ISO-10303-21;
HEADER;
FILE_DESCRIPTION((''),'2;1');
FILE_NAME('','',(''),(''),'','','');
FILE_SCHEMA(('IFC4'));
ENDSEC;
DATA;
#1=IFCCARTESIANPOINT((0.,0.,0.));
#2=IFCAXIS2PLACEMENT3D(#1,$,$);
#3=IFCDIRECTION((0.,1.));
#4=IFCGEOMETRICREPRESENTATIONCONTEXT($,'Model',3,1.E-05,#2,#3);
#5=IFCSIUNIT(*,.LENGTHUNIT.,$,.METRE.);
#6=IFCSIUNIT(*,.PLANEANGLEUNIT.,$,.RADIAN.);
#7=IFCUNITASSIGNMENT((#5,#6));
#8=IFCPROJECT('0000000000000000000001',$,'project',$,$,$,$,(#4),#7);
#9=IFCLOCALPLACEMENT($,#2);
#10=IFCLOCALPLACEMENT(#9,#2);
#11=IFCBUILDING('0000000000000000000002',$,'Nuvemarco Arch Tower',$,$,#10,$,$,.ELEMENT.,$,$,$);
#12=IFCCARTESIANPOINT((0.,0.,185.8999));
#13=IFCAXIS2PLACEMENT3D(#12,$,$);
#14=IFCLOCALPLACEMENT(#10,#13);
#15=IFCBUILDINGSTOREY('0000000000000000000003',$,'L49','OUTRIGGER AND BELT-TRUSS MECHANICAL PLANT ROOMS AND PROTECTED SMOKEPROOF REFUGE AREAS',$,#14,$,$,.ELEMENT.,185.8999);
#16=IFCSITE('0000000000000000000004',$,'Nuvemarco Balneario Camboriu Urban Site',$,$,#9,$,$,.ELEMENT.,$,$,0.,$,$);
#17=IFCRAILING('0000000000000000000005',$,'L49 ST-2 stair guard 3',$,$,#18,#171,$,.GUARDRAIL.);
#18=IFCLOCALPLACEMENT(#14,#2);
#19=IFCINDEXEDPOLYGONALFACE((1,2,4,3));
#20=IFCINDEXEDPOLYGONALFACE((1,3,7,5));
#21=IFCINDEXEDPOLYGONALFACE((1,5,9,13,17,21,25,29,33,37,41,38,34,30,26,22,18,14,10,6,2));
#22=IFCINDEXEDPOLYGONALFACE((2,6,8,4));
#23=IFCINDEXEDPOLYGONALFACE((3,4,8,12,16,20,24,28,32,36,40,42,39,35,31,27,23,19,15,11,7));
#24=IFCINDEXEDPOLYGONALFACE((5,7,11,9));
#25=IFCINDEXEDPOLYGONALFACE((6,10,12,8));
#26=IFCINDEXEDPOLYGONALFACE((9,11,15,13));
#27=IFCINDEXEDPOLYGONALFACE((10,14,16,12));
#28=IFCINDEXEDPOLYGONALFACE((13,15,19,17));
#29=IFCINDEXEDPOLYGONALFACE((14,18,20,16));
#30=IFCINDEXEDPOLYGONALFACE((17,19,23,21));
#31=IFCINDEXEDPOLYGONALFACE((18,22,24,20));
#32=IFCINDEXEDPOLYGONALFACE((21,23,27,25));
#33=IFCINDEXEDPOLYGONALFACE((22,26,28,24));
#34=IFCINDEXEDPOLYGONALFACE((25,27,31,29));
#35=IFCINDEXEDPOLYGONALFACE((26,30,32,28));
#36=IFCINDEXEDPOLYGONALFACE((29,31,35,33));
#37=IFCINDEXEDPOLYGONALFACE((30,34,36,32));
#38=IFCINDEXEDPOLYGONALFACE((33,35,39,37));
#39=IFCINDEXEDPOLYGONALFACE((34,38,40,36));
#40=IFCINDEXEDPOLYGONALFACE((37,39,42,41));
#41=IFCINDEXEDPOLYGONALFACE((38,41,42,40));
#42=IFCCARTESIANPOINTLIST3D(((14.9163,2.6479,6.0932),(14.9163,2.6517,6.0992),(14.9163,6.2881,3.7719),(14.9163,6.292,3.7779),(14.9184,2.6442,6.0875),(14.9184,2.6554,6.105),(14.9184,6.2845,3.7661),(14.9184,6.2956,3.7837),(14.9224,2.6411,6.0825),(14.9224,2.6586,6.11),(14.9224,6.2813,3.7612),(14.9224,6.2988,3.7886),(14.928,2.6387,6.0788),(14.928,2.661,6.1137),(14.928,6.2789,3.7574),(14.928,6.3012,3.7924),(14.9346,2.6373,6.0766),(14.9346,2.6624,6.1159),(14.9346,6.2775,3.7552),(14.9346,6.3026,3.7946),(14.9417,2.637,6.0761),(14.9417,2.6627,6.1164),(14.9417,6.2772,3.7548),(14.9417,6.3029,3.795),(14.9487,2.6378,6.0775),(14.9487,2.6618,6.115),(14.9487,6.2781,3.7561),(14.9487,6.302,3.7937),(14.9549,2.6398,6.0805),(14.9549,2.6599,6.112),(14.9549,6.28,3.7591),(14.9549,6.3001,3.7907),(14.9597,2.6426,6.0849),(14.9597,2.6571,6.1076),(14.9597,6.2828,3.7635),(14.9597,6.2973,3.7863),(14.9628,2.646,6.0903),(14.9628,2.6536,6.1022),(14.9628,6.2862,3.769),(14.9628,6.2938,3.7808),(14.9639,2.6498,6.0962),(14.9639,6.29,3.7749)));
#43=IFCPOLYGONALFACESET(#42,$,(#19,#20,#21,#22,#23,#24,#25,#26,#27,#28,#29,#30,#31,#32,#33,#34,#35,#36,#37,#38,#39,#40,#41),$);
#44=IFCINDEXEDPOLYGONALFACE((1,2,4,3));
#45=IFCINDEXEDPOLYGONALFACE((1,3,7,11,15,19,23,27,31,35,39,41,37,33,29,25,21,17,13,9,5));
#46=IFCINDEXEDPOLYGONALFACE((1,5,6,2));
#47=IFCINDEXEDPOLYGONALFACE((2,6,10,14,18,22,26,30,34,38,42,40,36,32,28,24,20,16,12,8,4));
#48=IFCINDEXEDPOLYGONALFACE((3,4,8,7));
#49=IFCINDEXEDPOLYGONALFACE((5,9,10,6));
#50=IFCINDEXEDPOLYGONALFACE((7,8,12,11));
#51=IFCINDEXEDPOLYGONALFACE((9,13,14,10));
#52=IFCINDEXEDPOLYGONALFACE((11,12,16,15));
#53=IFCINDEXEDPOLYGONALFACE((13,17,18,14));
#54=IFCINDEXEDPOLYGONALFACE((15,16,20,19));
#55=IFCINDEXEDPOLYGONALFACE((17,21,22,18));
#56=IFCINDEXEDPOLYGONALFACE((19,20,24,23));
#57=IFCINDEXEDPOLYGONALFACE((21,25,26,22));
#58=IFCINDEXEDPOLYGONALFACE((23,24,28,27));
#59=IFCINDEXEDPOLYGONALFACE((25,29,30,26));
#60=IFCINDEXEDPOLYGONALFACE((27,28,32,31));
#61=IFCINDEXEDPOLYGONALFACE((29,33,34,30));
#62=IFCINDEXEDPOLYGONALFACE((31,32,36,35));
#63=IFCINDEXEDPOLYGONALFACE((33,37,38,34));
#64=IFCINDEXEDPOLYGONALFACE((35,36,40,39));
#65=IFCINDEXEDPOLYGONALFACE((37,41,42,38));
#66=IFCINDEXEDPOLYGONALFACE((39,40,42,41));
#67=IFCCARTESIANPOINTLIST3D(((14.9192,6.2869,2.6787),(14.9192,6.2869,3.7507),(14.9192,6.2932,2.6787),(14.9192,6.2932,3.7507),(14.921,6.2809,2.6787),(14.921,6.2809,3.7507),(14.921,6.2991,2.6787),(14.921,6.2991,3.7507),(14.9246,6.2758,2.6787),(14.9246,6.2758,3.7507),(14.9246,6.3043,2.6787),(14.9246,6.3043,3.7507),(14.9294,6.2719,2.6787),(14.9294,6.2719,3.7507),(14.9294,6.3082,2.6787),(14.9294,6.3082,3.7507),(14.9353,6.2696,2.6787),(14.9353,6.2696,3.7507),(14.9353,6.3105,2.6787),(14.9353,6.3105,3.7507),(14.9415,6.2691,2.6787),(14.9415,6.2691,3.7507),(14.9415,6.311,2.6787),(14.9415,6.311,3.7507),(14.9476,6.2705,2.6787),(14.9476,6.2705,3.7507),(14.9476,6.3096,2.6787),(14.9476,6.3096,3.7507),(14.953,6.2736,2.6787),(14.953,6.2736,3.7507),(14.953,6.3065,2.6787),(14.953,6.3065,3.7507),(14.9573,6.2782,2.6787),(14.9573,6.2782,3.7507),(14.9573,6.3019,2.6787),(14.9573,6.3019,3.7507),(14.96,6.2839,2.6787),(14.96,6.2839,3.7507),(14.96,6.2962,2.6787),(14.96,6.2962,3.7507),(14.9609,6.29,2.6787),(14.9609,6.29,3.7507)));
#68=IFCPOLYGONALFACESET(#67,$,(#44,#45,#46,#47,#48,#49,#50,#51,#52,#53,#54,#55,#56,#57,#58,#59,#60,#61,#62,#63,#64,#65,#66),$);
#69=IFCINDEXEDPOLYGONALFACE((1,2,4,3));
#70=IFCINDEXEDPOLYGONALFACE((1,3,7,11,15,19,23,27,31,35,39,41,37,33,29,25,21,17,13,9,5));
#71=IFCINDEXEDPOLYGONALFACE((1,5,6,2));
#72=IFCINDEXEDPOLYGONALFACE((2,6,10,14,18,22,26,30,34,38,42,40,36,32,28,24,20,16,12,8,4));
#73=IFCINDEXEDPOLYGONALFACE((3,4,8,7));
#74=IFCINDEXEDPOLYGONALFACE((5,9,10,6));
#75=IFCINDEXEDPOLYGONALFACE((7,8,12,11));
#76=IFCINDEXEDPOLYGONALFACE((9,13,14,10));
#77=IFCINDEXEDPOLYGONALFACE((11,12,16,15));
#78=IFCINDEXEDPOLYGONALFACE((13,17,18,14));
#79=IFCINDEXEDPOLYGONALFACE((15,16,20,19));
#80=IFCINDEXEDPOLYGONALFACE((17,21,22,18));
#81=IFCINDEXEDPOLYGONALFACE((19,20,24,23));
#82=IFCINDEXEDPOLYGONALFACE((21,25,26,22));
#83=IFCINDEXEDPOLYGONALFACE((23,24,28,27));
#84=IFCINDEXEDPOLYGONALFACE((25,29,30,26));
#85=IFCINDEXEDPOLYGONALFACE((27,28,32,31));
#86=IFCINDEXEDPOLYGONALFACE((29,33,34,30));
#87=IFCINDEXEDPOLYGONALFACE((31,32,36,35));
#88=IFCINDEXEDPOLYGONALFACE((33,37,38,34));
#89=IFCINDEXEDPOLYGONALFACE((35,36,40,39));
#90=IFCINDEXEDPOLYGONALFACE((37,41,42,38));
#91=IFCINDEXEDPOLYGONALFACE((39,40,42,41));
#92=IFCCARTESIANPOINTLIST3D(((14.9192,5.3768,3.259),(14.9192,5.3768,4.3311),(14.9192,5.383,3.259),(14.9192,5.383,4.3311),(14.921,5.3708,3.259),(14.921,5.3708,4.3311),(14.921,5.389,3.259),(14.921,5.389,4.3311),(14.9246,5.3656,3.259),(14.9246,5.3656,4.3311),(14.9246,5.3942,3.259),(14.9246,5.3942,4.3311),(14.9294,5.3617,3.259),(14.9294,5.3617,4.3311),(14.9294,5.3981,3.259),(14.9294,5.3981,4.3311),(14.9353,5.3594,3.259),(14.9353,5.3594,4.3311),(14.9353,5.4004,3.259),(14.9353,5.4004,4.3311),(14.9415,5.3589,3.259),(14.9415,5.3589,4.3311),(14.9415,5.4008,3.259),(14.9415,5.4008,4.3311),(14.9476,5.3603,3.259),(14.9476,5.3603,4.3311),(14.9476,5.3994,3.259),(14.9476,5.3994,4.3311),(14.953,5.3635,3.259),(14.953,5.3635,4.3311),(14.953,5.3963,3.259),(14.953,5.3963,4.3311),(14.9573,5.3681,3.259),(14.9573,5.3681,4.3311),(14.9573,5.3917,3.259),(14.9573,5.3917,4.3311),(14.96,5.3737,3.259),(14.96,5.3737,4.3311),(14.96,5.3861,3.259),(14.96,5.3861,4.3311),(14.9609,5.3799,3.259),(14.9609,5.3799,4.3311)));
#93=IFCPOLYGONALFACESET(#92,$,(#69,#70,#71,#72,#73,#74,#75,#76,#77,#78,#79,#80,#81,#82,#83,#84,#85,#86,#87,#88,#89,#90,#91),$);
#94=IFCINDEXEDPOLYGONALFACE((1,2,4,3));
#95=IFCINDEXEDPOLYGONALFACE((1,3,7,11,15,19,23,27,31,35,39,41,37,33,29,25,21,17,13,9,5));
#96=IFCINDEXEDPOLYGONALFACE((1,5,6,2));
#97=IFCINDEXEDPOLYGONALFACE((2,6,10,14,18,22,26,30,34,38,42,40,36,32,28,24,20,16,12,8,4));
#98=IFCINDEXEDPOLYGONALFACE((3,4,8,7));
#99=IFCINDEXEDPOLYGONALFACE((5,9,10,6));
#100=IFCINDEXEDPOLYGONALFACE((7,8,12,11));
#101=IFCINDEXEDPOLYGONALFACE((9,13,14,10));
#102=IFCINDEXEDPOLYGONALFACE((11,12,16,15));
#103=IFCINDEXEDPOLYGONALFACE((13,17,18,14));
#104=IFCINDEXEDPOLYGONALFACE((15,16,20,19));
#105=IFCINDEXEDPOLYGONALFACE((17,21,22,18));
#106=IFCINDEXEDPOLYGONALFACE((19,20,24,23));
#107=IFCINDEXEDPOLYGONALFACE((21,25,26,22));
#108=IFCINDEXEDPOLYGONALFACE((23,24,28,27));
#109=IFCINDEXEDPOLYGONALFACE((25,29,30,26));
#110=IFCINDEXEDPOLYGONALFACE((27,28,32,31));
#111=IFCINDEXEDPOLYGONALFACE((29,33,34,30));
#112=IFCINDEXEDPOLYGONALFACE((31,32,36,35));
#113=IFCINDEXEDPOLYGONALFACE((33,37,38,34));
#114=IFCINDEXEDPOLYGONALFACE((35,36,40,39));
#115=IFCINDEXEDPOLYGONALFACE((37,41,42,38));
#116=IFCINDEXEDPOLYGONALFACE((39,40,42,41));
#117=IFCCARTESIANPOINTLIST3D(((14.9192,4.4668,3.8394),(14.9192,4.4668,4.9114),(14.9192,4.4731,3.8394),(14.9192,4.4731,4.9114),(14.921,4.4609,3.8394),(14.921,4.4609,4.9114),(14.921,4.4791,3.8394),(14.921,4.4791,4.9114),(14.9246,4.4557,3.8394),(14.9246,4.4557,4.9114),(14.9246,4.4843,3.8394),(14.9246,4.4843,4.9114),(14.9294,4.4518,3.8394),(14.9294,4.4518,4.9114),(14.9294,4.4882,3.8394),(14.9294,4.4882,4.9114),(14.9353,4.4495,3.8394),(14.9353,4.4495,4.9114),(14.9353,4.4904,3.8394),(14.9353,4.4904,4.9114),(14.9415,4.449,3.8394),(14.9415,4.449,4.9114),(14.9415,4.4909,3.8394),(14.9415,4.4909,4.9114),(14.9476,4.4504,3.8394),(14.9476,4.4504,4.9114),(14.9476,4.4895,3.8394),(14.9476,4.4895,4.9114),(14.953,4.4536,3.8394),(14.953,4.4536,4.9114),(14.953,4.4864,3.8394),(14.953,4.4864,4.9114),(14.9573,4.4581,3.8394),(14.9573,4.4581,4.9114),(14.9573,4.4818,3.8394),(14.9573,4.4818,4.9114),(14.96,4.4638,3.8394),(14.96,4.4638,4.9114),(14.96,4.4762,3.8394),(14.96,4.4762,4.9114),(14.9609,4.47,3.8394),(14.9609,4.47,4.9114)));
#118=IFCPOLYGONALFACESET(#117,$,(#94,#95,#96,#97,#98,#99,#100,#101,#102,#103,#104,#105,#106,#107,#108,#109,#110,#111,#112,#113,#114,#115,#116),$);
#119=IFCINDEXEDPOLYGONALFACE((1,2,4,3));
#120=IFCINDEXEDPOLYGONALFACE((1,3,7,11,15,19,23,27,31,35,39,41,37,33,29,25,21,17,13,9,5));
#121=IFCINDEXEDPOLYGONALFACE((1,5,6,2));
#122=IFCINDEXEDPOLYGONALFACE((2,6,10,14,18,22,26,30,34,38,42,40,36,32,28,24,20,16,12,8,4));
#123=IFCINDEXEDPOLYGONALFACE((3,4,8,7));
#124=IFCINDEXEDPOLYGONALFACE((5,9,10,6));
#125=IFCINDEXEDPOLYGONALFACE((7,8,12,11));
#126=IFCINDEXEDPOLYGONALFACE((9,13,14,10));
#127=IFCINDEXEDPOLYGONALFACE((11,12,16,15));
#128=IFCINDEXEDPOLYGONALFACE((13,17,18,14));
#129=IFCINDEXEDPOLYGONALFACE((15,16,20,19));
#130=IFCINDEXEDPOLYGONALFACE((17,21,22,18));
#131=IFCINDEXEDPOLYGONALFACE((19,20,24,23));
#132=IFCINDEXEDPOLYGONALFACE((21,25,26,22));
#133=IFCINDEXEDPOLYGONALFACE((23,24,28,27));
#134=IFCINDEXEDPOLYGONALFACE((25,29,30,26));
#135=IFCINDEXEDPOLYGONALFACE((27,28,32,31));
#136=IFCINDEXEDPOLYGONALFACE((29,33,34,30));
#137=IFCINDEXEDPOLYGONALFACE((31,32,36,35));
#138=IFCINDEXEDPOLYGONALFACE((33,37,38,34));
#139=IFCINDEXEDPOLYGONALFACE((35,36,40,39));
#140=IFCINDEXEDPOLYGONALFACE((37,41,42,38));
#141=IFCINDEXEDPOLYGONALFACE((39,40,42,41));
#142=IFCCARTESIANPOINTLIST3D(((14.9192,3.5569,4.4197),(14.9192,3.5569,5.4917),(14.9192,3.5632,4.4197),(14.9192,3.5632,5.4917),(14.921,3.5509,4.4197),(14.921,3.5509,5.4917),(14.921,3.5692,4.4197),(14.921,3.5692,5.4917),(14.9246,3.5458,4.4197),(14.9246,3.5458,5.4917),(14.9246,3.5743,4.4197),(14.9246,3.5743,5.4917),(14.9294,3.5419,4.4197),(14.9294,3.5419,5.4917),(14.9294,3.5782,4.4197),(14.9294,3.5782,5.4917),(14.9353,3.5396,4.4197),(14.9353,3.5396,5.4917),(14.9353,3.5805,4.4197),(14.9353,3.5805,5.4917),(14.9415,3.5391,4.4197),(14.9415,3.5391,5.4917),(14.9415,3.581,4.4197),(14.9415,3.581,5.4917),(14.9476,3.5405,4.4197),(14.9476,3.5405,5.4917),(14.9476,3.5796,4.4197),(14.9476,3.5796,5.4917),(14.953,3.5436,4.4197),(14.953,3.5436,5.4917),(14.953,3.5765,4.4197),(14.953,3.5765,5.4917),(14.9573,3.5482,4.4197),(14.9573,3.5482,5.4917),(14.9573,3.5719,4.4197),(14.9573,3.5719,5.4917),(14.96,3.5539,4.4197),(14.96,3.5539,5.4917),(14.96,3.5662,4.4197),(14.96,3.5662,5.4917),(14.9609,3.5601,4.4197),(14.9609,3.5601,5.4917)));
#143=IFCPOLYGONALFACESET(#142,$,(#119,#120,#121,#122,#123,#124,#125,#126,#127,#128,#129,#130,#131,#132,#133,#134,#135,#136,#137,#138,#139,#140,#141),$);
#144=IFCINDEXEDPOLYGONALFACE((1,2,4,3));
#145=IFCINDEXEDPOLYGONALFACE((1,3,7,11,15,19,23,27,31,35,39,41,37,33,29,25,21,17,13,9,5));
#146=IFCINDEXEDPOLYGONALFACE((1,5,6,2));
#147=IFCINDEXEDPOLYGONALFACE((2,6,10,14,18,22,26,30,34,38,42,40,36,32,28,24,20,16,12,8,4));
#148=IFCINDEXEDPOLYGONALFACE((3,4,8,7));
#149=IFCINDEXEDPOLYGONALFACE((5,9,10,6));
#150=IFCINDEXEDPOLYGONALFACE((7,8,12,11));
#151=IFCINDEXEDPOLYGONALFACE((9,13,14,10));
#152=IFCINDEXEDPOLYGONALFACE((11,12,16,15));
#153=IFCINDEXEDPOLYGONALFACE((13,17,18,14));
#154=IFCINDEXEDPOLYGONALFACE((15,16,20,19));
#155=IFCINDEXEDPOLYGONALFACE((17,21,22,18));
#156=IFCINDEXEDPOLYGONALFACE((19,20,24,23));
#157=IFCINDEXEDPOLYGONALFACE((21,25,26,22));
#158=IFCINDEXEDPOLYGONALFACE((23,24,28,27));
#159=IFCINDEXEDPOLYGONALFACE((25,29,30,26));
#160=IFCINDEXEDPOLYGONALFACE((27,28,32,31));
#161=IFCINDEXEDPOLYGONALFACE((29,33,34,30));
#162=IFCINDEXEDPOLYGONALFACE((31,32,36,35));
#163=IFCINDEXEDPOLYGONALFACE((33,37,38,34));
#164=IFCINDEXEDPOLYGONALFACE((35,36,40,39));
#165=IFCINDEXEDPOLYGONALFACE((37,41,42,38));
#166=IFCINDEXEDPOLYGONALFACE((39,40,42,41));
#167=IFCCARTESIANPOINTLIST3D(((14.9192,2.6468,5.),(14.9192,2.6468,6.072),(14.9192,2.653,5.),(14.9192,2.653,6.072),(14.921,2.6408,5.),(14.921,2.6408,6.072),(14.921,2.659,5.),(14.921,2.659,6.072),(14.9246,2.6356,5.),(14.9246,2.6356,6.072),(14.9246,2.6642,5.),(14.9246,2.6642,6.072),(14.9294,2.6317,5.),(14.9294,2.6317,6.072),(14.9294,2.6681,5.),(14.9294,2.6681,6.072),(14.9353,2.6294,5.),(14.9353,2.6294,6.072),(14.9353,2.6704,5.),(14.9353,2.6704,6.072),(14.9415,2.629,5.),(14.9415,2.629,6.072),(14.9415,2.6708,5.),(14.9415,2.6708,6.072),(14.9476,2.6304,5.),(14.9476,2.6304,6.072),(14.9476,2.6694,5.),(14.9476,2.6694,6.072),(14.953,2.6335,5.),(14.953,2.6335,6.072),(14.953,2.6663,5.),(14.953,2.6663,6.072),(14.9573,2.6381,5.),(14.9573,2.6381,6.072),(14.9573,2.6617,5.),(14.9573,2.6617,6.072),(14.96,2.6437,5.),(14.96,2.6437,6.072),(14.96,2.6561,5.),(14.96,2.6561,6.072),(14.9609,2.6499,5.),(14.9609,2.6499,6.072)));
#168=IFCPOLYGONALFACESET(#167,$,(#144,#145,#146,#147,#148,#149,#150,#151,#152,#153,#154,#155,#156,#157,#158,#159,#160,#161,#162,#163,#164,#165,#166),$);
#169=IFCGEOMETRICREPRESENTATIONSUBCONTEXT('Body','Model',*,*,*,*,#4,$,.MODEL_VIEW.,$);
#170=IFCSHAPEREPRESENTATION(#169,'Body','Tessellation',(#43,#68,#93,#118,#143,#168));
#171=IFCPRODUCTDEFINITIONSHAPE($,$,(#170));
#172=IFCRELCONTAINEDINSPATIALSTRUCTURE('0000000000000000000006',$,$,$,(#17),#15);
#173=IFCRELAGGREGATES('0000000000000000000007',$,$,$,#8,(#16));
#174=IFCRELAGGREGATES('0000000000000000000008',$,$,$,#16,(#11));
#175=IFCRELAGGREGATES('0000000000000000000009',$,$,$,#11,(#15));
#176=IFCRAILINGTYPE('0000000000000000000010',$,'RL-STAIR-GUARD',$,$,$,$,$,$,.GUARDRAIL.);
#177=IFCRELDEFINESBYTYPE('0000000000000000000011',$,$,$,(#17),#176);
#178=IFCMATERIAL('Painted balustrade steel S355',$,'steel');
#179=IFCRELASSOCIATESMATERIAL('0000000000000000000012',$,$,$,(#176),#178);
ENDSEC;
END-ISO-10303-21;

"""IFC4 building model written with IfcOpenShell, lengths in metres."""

from ifc_helpers import new_model, si_unit, direction, frame, origin, origin_2d, place, context, subcontext, project, spatial, circle, extrude, material, type_object, element, save


model = new_model("IFC4")

# Units and contexts
model_context = context("Model", 3, precision=1e-05, world=origin(), true_north=direction((0.0, 1.0)))
body_context = subcontext(model_context, "Body", "Model", "MODEL_VIEW")
ifc_project = project(units=[si_unit("LENGTHUNIT", "METRE"), si_unit("PLANEANGLEUNIT", "RADIAN")], contexts=[model_context])

# Site, building, storey
site_placement = place(None, origin())
site = spatial("IfcSite", under=ifc_project, at=site_placement, Name="Nuvemarco Balneario Camboriu Urban Site", CompositionType="ELEMENT", RefElevation=0.0)
building_placement = place(site_placement, origin())
building = spatial("IfcBuilding", under=site, at=building_placement, Name="Nuvemarco Arch Tower", CompositionType="ELEMENT")
storey_placement = place(building_placement, frame((0.0, 0.0, 185.8999)))
storey = spatial("IfcBuildingStorey", under=building, at=storey_placement, Name="L49", Description="OUTRIGGER AND BELT-TRUSS MECHANICAL PLANT ROOMS AND PROTECTED SMOKEPROOF REFUGE AREAS", CompositionType="ELEMENT", Elevation=185.8999)

# Railing
ifc_material_1 = material(Name="Painted balustrade steel S355", Category="steel")
railing_type_1 = type_object("IfcRailingType", Name="RL-STAIR-GUARD", PredefinedType="GUARDRAIL", material=ifc_material_1)
railing_1_placement = place(storey_placement, frame((14.9399, 6.29, 2.6787)))
element("IfcRailing", 1, at=railing_1_placement, inside=storey, type_object=railing_type_1, Name="L49 ST-2 stair guard 3", PredefinedType="GUARDRAIL", context=body_context, shape_type="SweptSolid", body=[
    extrude(circle(Radius=0.0239, at=origin_2d()), frame((0.0, 0.0, 1.0962), z_axis=(0.0, -0.843153, 0.537673), x_axis=(1.0, 0.0, 0.0)), (0.0, 0.0, 1.0), 4.3174),
    extrude(circle(Radius=0.021, at=origin_2d()), origin(), (0.0, 0.0, 1.0), 1.072),
    extrude(circle(Radius=0.021, at=origin_2d()), frame((0.0, -0.9102, 0.5803)), (0.0, 0.0, 1.0), 1.072),
    extrude(circle(Radius=0.021, at=origin_2d()), frame((0.0, -1.8201, 1.1606)), (0.0, 0.0, 1.0), 1.072),
    extrude(circle(Radius=0.021, at=origin_2d()), frame((0.0, -2.73, 1.741)), (0.0, 0.0, 1.0), 1.072),
    extrude(circle(Radius=0.021, at=origin_2d()), frame((0.0, -3.6401, 2.3213)), (0.0, 0.0, 1.0), 1.072),
])

save(model, "model.ifc")
